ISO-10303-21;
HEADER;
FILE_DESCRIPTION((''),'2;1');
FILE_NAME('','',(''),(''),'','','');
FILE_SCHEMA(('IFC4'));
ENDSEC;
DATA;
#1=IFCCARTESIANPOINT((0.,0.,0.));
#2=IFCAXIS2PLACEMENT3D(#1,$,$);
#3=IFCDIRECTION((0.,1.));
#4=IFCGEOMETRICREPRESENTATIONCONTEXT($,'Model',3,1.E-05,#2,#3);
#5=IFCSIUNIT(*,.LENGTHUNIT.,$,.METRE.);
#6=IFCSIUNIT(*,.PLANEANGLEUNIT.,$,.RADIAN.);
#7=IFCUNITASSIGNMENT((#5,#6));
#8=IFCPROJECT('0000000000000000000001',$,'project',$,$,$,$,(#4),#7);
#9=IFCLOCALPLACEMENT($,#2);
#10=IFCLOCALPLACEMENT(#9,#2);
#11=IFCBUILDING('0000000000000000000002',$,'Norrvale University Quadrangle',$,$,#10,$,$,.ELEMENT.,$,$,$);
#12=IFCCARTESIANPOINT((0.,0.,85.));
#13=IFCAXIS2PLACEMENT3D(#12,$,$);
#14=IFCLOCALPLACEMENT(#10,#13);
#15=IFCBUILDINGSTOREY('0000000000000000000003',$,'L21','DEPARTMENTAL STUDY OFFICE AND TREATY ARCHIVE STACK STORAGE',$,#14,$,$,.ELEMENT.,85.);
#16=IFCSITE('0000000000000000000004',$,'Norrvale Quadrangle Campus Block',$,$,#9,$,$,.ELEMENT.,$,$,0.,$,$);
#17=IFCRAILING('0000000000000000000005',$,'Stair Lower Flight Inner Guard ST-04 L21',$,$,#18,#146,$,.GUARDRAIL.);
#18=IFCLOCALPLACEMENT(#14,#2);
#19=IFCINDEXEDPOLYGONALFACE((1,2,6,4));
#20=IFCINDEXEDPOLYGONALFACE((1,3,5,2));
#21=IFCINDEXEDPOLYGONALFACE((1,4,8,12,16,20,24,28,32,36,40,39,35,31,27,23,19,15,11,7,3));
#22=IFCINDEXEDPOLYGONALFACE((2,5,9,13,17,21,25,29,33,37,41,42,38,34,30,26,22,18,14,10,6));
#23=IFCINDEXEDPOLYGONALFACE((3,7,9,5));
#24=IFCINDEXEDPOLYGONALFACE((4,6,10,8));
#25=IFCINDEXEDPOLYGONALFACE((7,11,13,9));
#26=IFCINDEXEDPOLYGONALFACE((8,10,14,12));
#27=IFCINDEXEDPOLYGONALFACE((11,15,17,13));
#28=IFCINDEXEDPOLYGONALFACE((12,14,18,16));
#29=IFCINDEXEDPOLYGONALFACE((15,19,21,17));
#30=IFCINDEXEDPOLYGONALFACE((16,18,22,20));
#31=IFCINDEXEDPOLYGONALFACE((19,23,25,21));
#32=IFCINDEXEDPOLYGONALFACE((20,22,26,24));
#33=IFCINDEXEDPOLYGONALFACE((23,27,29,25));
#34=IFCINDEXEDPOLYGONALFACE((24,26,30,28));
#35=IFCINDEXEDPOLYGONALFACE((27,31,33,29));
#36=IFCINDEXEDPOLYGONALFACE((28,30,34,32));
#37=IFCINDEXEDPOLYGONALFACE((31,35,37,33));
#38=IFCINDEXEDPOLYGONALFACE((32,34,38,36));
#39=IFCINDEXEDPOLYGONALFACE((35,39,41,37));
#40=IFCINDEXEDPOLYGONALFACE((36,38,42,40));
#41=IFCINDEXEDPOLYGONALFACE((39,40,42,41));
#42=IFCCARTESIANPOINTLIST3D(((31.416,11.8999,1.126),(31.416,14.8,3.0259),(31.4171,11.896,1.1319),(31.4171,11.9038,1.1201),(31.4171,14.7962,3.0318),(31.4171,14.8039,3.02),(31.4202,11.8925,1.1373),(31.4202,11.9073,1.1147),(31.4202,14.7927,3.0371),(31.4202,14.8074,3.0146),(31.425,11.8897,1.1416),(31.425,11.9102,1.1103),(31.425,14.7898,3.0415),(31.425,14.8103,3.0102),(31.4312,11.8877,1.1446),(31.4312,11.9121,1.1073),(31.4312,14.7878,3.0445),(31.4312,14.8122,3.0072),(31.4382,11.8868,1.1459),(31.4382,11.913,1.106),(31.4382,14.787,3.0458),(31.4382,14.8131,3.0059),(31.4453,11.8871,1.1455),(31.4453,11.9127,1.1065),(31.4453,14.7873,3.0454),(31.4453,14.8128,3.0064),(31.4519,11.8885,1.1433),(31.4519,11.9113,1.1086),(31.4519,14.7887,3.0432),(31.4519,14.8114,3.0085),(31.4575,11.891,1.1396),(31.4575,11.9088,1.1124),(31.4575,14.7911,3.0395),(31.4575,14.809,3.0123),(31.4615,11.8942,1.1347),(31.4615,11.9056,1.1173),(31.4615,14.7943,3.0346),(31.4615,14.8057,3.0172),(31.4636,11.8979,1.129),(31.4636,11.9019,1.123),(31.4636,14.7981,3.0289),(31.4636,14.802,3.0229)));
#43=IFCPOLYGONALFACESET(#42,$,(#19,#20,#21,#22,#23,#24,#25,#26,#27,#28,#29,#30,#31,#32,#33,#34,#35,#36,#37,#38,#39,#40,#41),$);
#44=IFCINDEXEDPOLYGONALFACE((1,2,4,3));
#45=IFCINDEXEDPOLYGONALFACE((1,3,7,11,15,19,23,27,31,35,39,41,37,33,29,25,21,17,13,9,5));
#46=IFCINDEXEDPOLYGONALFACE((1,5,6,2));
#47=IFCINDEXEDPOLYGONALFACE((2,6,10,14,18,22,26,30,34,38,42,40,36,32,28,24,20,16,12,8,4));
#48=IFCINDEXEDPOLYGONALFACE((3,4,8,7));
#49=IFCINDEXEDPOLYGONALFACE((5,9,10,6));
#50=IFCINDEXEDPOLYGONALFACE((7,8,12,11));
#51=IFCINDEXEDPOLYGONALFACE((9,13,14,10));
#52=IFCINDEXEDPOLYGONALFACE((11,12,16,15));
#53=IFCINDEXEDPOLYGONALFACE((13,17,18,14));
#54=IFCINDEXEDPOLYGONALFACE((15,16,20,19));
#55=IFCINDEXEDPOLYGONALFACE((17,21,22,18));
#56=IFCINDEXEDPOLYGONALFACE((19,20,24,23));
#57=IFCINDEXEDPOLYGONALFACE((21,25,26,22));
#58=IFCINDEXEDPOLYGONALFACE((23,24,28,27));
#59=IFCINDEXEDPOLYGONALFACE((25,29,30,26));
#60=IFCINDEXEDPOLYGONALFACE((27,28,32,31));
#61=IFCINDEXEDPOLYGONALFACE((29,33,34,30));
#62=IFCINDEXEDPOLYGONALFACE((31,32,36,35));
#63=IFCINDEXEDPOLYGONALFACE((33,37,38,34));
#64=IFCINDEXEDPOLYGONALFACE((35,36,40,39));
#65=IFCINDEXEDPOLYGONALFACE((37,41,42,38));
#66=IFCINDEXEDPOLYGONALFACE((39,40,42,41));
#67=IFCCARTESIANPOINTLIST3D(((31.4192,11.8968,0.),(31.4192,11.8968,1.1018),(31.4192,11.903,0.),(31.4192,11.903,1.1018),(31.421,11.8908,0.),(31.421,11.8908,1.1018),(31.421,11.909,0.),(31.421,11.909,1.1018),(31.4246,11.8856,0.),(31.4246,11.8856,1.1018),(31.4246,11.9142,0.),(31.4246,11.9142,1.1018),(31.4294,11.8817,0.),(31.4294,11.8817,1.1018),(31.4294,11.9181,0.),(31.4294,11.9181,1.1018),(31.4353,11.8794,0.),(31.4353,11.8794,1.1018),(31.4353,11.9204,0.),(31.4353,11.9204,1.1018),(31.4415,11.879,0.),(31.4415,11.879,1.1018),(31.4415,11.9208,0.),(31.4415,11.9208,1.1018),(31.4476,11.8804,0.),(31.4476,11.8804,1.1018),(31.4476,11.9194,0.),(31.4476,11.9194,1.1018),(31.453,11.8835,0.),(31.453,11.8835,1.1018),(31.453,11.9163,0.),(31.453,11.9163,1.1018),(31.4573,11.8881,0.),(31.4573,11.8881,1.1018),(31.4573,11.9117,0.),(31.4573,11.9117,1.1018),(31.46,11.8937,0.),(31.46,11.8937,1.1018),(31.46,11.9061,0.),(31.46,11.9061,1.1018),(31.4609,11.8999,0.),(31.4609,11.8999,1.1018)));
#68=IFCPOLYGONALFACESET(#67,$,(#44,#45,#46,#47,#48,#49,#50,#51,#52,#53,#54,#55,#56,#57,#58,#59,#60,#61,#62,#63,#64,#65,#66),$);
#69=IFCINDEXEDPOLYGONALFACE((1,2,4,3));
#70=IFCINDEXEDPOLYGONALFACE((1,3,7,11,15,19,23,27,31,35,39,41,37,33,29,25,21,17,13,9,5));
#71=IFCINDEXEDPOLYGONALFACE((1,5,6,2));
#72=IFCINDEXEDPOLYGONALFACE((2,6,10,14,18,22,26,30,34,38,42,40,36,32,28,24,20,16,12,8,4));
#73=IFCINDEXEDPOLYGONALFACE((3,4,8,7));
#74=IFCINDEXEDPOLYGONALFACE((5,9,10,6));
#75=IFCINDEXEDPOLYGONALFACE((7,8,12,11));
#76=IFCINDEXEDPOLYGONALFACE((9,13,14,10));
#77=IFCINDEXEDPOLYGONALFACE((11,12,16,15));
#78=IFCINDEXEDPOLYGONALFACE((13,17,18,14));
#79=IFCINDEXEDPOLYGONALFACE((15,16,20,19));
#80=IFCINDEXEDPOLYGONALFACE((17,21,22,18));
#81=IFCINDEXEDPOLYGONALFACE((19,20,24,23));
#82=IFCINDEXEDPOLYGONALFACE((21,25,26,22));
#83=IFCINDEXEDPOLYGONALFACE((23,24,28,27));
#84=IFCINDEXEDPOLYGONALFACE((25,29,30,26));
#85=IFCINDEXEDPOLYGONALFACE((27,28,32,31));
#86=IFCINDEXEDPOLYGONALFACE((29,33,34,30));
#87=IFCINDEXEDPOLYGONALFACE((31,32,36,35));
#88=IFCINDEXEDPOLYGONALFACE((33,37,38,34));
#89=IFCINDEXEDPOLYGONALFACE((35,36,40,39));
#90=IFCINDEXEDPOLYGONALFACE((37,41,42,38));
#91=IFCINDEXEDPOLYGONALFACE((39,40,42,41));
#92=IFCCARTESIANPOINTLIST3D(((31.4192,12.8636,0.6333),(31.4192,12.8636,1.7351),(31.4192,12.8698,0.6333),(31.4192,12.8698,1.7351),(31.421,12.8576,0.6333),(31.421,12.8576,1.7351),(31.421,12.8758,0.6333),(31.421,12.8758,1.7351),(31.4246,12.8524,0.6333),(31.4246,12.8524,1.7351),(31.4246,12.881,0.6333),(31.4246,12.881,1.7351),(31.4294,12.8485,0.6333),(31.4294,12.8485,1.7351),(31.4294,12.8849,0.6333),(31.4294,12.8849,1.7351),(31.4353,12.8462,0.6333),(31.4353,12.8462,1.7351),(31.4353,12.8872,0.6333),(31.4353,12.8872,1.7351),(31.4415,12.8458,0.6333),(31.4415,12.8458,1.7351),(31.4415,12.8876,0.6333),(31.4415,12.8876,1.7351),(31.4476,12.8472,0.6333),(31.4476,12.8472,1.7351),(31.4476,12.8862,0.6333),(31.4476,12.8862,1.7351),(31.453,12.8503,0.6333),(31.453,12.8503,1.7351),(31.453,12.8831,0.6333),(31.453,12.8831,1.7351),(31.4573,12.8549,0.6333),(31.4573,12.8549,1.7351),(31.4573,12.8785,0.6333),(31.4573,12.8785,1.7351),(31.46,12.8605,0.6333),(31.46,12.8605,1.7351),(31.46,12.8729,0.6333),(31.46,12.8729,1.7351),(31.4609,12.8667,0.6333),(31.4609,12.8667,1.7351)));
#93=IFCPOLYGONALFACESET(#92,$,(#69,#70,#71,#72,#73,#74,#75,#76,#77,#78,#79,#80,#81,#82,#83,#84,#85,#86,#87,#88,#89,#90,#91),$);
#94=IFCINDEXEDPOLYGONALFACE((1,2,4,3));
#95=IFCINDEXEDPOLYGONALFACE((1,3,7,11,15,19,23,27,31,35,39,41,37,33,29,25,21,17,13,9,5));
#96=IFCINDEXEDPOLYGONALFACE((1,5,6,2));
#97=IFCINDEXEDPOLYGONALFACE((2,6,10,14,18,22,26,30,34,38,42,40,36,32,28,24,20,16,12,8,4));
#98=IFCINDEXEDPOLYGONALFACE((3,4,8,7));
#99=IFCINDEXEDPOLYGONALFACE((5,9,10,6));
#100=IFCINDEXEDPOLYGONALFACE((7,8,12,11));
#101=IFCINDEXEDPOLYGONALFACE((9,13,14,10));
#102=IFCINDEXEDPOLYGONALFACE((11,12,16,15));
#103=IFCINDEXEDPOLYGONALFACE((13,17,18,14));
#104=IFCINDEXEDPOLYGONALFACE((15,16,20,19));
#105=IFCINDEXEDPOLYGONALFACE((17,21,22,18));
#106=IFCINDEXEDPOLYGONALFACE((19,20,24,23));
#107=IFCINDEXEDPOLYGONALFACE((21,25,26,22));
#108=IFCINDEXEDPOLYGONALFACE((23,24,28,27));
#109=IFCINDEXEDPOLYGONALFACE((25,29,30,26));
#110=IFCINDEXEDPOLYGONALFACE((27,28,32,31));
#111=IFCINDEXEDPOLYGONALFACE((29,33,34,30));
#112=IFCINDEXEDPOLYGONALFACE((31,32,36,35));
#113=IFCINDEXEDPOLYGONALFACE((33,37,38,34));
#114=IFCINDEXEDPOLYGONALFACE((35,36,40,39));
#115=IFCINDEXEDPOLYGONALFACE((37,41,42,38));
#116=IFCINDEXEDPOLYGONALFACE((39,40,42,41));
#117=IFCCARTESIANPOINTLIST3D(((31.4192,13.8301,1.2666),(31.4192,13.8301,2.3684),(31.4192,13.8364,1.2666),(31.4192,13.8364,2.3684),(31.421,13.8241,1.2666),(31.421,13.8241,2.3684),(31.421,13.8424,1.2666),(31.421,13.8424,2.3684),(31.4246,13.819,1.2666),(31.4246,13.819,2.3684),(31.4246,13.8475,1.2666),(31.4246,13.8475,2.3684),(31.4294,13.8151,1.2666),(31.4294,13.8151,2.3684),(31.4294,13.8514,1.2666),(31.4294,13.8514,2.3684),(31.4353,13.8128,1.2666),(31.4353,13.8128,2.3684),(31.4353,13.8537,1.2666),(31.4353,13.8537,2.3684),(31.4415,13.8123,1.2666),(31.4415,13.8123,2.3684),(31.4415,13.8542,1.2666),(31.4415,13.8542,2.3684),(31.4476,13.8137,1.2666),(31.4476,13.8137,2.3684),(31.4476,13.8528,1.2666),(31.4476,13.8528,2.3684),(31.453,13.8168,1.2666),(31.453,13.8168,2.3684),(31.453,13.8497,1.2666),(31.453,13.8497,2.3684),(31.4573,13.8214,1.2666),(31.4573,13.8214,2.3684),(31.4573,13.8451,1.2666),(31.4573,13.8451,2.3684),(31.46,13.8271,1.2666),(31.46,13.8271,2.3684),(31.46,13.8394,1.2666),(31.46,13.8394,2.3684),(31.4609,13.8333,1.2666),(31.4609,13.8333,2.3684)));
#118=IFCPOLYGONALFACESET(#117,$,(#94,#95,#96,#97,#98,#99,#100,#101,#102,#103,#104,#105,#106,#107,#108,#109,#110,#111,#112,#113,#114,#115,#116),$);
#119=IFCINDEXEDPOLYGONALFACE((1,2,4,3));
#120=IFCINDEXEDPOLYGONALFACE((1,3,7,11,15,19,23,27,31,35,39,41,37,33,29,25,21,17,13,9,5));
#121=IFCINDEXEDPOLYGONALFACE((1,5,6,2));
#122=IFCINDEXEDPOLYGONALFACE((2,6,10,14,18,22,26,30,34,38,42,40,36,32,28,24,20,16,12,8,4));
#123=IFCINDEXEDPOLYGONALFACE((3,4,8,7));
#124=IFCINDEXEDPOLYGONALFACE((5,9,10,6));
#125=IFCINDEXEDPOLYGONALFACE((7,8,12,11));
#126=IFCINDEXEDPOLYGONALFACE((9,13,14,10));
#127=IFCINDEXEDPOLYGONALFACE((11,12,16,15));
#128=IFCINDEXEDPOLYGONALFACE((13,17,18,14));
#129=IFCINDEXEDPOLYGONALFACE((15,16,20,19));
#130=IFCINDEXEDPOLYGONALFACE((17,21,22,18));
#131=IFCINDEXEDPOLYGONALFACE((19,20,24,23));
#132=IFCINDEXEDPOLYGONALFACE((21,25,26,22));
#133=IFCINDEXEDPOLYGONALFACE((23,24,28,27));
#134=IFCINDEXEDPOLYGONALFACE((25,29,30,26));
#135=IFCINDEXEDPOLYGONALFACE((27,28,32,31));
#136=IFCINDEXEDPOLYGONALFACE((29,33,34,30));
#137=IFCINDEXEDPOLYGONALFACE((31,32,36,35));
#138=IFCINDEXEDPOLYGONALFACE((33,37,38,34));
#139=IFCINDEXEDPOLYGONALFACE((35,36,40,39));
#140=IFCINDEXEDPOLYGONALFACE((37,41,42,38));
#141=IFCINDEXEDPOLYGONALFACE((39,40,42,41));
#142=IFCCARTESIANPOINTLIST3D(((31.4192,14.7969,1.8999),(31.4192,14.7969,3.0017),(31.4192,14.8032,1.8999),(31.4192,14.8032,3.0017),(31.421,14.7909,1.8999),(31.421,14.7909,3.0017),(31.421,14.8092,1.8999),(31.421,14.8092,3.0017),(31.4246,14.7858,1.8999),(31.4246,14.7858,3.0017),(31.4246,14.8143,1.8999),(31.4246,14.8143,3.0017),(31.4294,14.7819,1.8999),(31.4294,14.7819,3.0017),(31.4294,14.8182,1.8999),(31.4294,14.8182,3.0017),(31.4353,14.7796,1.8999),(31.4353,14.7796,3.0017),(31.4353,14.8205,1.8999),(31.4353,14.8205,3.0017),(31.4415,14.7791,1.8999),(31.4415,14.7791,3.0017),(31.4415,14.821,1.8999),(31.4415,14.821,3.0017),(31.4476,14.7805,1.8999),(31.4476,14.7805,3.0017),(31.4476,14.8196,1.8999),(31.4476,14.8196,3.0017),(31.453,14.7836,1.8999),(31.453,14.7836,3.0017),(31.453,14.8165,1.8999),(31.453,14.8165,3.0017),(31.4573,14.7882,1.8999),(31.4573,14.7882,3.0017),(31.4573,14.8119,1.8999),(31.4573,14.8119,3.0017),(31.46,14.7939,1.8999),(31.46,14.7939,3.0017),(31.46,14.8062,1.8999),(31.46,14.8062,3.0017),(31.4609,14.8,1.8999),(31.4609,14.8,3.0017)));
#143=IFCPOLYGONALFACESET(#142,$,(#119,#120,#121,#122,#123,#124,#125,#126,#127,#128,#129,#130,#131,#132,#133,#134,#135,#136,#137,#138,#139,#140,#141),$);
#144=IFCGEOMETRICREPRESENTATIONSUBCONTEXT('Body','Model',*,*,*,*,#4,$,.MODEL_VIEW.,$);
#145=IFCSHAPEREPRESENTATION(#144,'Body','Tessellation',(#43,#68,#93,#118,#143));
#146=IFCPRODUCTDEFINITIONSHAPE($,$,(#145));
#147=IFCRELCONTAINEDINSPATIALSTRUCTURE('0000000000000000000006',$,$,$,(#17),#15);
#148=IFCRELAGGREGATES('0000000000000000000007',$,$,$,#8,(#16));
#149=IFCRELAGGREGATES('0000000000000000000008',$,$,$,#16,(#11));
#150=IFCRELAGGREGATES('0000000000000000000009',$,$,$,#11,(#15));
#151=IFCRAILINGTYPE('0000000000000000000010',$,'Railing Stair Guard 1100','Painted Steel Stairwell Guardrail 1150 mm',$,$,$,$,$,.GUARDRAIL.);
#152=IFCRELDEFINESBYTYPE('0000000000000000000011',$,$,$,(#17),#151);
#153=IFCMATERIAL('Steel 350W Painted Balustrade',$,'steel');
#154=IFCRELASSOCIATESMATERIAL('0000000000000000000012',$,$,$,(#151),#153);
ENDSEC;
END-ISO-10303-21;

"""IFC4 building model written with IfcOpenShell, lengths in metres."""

from ifc_helpers import new_model, si_unit, direction, frame, origin, origin_2d, place, context, subcontext, project, spatial, circle, extrude, material, type_object, element, save


model = new_model("IFC4")

# Units and contexts
model_context = context("Model", 3, precision=1e-05, world=origin(), true_north=direction((0.0, 1.0)))
body_context = subcontext(model_context, "Body", "Model", "MODEL_VIEW")
ifc_project = project(units=[si_unit("LENGTHUNIT", "METRE"), si_unit("PLANEANGLEUNIT", "RADIAN")], contexts=[model_context])

# Site, building, storey
site_placement = place(None, origin())
site = spatial("IfcSite", under=ifc_project, at=site_placement, Name="Norrvale Quadrangle Campus Block", CompositionType="ELEMENT", RefElevation=0.0)
building_placement = place(site_placement, origin())
building = spatial("IfcBuilding", under=site, at=building_placement, Name="Norrvale University Quadrangle", CompositionType="ELEMENT")
storey_placement = place(building_placement, frame((0.0, 0.0, 85.0)))
storey = spatial("IfcBuildingStorey", under=building, at=storey_placement, Name="L21", Description="DEPARTMENTAL STUDY OFFICE AND TREATY ARCHIVE STACK STORAGE", CompositionType="ELEMENT", Elevation=85.0)

# Railing
ifc_material_1 = material(Name="Steel 350W Painted Balustrade", Category="steel")
railing_type_1 = type_object("IfcRailingType", Name="Railing Stair Guard 1100", Description="Painted Steel Stairwell Guardrail 1150 mm", PredefinedType="GUARDRAIL", material=ifc_material_1)
railing_1_placement = place(storey_placement, frame((31.4399, 11.8999, 0.0)))
element("IfcRailing", 1, at=railing_1_placement, inside=storey, type_object=railing_type_1, Name="Stair Lower Flight Inner Guard ST-04 L21", PredefinedType="GUARDRAIL", context=body_context, shape_type="SweptSolid", body=[
    extrude(circle(Radius=0.0239, at=origin_2d()), frame((0.0, 0.0, 1.126), z_axis=(0.0, 0.836487, 0.547987), x_axis=(-1.0, 0.0, 0.0)), (0.0, 0.0, 1.0), 3.467),
    extrude(circle(Radius=0.021, at=origin_2d()), origin(), (0.0, 0.0, 1.0), 1.1018),
    extrude(circle(Radius=0.021, at=origin_2d()), frame((0.0, 0.9668, 0.6333)), (0.0, 0.0, 1.0), 1.1018),
    extrude(circle(Radius=0.021, at=origin_2d()), frame((0.0, 1.9333, 1.2666)), (0.0, 0.0, 1.0), 1.1018),
    extrude(circle(Radius=0.021, at=origin_2d()), frame((0.0, 2.9001, 1.8999)), (0.0, 0.0, 1.0), 1.1018),
])

save(model, "model.ifc")
